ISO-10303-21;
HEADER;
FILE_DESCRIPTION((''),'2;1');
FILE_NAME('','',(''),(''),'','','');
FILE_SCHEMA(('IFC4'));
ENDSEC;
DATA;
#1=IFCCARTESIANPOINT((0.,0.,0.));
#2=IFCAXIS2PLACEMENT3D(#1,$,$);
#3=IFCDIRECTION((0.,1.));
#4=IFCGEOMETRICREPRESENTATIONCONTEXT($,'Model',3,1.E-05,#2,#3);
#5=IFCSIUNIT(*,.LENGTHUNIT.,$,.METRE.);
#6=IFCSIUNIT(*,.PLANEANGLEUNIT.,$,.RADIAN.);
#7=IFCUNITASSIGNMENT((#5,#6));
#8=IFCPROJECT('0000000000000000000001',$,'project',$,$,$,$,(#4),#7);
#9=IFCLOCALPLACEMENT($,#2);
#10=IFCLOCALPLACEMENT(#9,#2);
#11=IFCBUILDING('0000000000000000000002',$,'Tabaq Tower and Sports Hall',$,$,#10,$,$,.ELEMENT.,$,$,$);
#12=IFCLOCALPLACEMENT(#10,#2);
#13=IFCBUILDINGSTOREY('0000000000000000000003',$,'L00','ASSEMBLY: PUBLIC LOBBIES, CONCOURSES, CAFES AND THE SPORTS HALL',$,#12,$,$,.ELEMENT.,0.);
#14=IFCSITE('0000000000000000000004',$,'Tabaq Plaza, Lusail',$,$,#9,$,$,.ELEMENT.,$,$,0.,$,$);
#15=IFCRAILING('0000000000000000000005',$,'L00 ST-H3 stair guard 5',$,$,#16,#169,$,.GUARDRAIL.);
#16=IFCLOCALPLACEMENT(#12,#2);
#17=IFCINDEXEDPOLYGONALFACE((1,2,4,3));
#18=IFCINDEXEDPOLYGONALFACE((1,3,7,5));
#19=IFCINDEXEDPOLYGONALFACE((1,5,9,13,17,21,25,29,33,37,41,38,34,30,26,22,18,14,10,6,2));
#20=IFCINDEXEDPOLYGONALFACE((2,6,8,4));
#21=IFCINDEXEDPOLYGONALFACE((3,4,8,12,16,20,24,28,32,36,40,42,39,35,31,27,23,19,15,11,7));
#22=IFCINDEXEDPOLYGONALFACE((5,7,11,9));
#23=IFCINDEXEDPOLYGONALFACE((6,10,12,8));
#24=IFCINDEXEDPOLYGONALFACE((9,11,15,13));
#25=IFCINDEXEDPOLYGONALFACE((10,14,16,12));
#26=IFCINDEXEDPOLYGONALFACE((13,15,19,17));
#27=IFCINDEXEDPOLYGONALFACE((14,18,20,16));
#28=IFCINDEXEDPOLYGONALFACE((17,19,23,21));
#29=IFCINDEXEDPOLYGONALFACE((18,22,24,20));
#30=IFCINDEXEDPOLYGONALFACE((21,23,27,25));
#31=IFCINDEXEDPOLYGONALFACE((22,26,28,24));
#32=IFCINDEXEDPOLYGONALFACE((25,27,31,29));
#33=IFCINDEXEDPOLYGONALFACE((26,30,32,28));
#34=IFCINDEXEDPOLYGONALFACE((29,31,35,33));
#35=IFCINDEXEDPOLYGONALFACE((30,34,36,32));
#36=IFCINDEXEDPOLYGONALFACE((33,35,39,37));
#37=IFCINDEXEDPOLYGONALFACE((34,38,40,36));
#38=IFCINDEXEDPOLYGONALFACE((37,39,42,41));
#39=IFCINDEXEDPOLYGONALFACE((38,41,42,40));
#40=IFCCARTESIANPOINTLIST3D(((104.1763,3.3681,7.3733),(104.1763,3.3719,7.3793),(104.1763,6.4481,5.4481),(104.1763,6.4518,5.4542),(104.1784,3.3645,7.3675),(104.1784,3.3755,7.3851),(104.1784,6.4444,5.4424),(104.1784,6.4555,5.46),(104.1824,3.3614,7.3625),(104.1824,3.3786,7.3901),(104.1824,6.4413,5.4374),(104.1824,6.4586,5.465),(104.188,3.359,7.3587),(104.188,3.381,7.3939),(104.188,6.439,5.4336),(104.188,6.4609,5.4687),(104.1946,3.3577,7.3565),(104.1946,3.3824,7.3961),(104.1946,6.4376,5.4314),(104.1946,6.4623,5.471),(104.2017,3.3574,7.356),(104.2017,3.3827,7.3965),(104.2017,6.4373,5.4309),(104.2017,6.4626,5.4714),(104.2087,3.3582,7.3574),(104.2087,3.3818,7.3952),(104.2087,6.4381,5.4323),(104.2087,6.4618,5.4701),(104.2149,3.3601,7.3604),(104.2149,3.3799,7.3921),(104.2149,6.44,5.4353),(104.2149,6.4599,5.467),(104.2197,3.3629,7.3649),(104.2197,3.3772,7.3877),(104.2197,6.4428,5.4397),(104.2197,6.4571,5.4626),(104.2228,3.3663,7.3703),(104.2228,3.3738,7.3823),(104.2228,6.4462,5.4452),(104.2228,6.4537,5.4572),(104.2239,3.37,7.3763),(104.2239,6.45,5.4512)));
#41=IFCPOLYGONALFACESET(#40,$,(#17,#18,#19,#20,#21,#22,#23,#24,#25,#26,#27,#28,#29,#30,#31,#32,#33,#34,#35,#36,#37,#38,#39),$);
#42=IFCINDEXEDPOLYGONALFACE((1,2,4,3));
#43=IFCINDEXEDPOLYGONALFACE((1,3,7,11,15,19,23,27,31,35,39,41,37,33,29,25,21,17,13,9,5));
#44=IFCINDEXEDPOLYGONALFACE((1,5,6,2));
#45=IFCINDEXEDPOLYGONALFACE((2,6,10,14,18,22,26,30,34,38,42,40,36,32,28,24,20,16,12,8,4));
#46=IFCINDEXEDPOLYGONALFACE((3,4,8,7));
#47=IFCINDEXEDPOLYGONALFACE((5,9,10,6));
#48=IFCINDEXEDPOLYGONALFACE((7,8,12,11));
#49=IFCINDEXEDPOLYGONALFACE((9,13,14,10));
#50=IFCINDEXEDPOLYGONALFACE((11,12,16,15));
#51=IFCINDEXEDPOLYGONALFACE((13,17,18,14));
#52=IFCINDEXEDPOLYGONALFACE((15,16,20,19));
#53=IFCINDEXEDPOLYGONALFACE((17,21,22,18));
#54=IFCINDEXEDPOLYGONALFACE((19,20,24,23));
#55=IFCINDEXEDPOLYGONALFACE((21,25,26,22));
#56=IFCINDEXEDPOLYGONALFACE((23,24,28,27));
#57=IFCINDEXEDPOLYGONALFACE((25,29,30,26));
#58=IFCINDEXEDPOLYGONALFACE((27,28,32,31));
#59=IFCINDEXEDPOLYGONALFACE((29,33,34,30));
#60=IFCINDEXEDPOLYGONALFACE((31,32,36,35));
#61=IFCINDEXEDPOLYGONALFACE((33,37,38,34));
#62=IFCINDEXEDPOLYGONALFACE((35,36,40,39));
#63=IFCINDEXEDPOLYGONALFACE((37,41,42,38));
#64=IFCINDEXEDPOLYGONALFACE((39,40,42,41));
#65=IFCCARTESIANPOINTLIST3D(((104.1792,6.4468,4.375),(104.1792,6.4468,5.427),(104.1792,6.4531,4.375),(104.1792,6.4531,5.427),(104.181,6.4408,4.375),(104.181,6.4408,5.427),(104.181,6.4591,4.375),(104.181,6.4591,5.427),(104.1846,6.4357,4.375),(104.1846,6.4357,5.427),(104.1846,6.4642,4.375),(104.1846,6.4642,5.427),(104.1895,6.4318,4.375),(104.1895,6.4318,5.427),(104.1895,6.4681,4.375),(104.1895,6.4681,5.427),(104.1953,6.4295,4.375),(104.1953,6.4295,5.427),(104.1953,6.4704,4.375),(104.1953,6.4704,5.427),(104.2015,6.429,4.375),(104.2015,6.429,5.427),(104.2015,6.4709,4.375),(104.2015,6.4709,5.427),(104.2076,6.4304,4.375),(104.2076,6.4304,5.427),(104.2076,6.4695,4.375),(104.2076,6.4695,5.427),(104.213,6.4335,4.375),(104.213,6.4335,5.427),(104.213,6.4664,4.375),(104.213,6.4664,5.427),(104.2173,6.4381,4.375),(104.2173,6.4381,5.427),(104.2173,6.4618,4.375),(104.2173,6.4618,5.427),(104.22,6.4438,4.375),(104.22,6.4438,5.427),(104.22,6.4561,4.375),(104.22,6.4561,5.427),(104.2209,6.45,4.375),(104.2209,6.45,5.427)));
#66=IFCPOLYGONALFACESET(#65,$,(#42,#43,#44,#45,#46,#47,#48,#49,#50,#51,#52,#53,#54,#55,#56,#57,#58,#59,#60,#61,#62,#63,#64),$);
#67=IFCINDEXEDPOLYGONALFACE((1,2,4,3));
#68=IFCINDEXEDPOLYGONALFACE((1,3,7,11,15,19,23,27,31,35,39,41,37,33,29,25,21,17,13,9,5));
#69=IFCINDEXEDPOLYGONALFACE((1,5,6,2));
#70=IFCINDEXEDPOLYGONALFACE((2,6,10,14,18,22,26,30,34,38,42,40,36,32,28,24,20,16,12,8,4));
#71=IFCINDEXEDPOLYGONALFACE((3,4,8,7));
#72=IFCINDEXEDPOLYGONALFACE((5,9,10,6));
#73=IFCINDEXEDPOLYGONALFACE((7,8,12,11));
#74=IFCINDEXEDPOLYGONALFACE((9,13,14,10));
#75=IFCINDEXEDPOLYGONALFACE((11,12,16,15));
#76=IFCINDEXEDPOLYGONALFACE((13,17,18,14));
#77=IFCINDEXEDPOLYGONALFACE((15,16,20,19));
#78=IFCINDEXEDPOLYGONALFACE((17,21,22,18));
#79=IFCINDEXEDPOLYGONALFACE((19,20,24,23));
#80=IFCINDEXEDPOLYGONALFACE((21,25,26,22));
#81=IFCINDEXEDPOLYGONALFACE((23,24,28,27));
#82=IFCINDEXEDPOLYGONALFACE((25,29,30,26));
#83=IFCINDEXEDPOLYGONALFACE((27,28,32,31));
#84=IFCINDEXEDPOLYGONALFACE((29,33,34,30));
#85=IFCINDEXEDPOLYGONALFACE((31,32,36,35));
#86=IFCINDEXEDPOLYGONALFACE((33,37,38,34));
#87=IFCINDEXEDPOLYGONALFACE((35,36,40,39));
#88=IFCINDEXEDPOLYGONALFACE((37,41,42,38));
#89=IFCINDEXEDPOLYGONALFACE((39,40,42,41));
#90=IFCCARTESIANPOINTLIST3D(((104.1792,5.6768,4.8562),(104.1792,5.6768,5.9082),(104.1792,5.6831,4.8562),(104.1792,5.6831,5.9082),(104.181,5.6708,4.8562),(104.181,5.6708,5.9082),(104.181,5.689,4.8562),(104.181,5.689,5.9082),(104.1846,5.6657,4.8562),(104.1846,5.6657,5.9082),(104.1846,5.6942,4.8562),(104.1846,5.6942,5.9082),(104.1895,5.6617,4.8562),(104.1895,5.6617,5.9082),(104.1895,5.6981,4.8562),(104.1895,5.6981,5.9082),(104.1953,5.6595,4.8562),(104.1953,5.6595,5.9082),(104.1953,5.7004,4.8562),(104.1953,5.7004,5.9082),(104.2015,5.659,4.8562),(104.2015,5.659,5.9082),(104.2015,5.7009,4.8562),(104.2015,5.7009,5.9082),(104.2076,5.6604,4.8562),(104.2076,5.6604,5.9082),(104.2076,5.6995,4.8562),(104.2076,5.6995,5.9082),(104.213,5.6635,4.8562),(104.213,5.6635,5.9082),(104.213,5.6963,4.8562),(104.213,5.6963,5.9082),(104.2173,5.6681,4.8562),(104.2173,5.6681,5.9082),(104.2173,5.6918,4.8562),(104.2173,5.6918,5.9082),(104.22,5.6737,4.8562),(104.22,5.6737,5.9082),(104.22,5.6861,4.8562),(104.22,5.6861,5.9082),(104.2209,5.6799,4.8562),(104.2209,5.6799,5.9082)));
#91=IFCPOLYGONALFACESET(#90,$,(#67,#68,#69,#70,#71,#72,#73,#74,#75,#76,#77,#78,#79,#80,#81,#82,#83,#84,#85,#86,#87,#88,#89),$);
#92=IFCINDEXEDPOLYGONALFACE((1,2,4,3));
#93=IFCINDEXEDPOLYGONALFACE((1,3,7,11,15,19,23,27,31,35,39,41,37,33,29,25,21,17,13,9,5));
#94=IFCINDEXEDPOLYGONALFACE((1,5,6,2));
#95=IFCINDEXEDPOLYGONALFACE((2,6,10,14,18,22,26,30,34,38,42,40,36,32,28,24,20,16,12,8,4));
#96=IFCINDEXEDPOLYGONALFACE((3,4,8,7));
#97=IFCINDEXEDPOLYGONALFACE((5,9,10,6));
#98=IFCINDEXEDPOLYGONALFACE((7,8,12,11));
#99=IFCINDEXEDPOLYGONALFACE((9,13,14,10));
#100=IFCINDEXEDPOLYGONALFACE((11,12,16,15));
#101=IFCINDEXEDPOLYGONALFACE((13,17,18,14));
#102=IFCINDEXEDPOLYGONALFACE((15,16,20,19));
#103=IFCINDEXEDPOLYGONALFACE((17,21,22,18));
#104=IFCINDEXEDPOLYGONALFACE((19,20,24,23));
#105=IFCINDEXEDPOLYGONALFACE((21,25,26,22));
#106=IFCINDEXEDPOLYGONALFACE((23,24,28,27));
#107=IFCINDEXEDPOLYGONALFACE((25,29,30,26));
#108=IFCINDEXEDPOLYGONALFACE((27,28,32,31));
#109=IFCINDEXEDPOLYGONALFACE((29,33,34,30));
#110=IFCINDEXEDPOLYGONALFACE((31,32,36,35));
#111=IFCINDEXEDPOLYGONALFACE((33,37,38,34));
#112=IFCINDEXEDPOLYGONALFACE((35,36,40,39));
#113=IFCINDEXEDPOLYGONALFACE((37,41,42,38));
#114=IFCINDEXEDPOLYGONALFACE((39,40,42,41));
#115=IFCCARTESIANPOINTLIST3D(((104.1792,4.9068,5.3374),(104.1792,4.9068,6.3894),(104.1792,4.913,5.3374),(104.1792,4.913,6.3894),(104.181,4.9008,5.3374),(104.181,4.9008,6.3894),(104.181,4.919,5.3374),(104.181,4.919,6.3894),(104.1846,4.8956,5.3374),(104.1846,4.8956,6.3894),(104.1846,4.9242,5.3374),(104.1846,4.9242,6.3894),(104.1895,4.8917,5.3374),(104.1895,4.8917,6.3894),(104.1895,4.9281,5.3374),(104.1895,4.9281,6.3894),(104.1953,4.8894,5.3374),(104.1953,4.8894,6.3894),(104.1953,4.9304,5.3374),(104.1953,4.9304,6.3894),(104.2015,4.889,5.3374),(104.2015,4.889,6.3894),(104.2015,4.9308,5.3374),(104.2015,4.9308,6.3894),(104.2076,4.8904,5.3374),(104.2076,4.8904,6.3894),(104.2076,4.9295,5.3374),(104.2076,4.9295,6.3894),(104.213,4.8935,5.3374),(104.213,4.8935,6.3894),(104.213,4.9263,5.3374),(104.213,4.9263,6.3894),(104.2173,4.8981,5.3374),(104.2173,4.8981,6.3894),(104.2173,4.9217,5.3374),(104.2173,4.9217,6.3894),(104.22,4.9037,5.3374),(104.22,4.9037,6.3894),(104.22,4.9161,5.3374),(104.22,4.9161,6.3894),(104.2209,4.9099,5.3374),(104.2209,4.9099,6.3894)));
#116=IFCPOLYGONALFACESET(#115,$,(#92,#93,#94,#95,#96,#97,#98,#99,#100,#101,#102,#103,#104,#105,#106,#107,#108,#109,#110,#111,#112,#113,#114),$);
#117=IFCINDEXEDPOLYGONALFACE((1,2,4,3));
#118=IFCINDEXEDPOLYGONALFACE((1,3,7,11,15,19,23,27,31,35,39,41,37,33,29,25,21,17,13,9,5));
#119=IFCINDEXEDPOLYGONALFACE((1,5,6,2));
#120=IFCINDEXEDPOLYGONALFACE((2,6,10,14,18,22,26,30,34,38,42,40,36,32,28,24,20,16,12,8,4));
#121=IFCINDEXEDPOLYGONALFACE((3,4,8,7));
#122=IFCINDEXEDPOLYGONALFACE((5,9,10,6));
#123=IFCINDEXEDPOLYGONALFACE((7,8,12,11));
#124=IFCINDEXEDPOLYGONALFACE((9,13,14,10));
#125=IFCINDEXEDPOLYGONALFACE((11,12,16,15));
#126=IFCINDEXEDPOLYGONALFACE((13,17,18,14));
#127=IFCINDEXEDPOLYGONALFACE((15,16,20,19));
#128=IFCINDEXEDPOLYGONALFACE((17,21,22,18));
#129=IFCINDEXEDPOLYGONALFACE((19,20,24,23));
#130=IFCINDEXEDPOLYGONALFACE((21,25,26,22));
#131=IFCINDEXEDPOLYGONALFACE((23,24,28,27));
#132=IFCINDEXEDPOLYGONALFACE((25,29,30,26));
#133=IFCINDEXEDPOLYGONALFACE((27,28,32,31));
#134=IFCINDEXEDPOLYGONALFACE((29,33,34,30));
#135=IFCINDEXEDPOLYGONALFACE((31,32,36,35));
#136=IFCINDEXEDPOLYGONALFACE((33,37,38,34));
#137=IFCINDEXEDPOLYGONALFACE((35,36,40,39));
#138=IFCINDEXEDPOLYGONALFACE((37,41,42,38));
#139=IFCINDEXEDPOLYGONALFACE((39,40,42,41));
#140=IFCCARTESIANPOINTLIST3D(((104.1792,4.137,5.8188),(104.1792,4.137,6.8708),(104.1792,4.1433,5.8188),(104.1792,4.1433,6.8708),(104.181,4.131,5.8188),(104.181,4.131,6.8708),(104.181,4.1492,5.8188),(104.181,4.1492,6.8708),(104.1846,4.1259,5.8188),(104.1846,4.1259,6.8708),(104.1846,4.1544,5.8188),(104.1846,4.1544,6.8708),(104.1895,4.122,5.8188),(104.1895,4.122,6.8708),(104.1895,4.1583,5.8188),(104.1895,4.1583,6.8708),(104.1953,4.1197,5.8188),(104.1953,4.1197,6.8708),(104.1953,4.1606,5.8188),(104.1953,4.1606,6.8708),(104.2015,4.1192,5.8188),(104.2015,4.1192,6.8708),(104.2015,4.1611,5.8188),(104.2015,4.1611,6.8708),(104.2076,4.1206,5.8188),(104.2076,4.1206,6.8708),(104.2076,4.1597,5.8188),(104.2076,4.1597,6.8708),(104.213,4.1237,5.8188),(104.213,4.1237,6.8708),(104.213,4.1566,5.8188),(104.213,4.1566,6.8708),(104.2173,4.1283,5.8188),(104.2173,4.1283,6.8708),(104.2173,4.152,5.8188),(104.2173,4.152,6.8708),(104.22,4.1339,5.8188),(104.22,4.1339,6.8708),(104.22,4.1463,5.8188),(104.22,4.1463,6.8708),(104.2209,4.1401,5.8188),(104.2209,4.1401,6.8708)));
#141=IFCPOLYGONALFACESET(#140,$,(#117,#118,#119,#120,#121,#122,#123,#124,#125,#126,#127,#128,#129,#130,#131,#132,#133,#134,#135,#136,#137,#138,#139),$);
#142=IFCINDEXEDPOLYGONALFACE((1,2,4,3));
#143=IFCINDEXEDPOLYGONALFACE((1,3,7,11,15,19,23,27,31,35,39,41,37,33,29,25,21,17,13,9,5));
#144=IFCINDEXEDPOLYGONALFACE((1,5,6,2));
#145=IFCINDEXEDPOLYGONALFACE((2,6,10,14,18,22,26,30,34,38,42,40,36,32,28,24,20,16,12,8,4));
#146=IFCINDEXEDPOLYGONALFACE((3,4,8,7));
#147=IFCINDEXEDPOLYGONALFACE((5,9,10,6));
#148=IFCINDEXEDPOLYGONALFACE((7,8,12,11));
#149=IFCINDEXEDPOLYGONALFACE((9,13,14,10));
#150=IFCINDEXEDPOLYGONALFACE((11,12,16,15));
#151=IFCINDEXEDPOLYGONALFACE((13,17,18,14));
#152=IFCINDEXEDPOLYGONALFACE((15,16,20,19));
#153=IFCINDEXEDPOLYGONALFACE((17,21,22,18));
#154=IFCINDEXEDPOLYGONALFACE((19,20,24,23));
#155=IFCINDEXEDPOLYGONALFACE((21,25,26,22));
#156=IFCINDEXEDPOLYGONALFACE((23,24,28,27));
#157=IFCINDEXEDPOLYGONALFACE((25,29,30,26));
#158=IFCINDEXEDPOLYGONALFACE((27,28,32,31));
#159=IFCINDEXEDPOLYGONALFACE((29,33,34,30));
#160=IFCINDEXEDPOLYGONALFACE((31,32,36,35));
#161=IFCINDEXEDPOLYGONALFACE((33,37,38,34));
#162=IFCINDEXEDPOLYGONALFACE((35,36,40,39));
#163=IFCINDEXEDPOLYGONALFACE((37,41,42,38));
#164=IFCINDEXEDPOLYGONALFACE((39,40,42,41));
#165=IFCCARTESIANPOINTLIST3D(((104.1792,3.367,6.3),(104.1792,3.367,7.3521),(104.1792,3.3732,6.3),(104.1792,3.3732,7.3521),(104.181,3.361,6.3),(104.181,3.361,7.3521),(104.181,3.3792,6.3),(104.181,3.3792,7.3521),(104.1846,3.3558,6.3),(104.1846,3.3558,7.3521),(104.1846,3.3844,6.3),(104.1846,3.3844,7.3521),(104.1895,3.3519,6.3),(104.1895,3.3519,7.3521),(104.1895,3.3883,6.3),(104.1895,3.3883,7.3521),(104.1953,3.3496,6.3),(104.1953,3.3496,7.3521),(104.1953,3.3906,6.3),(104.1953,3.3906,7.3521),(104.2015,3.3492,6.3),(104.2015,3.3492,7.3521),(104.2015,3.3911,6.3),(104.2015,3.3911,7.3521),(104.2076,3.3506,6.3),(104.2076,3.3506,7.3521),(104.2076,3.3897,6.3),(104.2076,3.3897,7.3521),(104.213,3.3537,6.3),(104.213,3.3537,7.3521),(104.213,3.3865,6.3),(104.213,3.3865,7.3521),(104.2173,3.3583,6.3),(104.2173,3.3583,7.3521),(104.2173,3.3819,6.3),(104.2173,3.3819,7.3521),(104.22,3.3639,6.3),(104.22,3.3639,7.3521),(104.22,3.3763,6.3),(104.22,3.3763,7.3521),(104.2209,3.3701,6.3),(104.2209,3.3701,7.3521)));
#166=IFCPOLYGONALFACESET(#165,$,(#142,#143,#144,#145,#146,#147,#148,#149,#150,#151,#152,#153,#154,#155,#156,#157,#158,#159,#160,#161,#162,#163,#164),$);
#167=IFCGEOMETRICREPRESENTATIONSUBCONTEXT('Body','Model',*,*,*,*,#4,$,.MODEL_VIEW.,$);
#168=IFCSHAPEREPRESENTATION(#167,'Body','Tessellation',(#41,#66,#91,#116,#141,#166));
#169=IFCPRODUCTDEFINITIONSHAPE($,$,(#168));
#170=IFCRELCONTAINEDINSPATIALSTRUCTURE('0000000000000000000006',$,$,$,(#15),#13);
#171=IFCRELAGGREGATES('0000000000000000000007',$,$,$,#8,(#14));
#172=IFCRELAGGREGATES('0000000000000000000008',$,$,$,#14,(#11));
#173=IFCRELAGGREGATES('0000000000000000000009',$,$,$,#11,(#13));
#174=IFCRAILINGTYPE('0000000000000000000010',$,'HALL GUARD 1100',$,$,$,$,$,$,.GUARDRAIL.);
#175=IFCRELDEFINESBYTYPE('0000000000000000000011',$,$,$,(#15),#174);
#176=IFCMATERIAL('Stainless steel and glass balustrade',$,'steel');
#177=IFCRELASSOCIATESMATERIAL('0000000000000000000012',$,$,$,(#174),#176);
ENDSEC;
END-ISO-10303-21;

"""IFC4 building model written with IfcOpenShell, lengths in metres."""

from ifc_helpers import new_model, si_unit, direction, frame, origin, origin_2d, place, context, subcontext, project, spatial, circle, extrude, material, type_object, element, save


model = new_model("IFC4")

# Units and contexts
model_context = context("Model", 3, precision=1e-05, world=origin(), true_north=direction((0.0, 1.0)))
body_context = subcontext(model_context, "Body", "Model", "MODEL_VIEW")
ifc_project = project(units=[si_unit("LENGTHUNIT", "METRE"), si_unit("PLANEANGLEUNIT", "RADIAN")], contexts=[model_context])

# Site, building, storey
site_placement = place(None, origin())
site = spatial("IfcSite", under=ifc_project, at=site_placement, Name="Tabaq Plaza, Lusail", CompositionType="ELEMENT", RefElevation=0.0)
building_placement = place(site_placement, origin())
building = spatial("IfcBuilding", under=site, at=building_placement, Name="Tabaq Tower and Sports Hall", CompositionType="ELEMENT")
storey_placement = place(building_placement, origin())
storey = spatial("IfcBuildingStorey", under=building, at=storey_placement, Name="L00", Description="ASSEMBLY: PUBLIC LOBBIES, CONCOURSES, CAFES AND THE SPORTS HALL", CompositionType="ELEMENT", Elevation=0.0)

# Railing
ifc_material_1 = material(Name="Stainless steel and glass balustrade", Category="steel")
railing_type_1 = type_object("IfcRailingType", Name="HALL GUARD 1100", PredefinedType="GUARDRAIL", material=ifc_material_1)
for number, where, name in (
    (1, (104.2, 6.45, 4.375), "L00 ST-H3 stair guard 5"),
):
    element("IfcRailing", number, at=place(storey_placement, frame(where)), inside=storey, type_object=railing_type_1, Name=name, PredefinedType="GUARDRAIL", context=body_context, shape_type="SweptSolid", body=[
        extrude(circle(Radius=0.0239, at=origin_2d()), frame((0.0, 0.0, 1.0762), z_axis=(0.0, -0.847979, 0.530029), x_axis=(1.0, 0.0, 0.0)), (0.0, 0.0, 1.0), 3.6321),
        extrude(circle(Radius=0.021, at=origin_2d()), origin(), (0.0, 0.0, 1.0), 1.052),
        extrude(circle(Radius=0.021, at=origin_2d()), frame((0.0, -0.77, 0.4812)), (0.0, 0.0, 1.0), 1.052),
        extrude(circle(Radius=0.021, at=origin_2d()), frame((0.0, -1.54, 0.9624)), (0.0, 0.0, 1.0), 1.052),
        extrude(circle(Radius=0.021, at=origin_2d()), frame((0.0, -2.3098, 1.4438)), (0.0, 0.0, 1.0), 1.052),
        extrude(circle(Radius=0.021, at=origin_2d()), frame((0.0, -3.0798, 1.925)), (0.0, 0.0, 1.0), 1.052),
    ])

save(model, "model.ifc")
